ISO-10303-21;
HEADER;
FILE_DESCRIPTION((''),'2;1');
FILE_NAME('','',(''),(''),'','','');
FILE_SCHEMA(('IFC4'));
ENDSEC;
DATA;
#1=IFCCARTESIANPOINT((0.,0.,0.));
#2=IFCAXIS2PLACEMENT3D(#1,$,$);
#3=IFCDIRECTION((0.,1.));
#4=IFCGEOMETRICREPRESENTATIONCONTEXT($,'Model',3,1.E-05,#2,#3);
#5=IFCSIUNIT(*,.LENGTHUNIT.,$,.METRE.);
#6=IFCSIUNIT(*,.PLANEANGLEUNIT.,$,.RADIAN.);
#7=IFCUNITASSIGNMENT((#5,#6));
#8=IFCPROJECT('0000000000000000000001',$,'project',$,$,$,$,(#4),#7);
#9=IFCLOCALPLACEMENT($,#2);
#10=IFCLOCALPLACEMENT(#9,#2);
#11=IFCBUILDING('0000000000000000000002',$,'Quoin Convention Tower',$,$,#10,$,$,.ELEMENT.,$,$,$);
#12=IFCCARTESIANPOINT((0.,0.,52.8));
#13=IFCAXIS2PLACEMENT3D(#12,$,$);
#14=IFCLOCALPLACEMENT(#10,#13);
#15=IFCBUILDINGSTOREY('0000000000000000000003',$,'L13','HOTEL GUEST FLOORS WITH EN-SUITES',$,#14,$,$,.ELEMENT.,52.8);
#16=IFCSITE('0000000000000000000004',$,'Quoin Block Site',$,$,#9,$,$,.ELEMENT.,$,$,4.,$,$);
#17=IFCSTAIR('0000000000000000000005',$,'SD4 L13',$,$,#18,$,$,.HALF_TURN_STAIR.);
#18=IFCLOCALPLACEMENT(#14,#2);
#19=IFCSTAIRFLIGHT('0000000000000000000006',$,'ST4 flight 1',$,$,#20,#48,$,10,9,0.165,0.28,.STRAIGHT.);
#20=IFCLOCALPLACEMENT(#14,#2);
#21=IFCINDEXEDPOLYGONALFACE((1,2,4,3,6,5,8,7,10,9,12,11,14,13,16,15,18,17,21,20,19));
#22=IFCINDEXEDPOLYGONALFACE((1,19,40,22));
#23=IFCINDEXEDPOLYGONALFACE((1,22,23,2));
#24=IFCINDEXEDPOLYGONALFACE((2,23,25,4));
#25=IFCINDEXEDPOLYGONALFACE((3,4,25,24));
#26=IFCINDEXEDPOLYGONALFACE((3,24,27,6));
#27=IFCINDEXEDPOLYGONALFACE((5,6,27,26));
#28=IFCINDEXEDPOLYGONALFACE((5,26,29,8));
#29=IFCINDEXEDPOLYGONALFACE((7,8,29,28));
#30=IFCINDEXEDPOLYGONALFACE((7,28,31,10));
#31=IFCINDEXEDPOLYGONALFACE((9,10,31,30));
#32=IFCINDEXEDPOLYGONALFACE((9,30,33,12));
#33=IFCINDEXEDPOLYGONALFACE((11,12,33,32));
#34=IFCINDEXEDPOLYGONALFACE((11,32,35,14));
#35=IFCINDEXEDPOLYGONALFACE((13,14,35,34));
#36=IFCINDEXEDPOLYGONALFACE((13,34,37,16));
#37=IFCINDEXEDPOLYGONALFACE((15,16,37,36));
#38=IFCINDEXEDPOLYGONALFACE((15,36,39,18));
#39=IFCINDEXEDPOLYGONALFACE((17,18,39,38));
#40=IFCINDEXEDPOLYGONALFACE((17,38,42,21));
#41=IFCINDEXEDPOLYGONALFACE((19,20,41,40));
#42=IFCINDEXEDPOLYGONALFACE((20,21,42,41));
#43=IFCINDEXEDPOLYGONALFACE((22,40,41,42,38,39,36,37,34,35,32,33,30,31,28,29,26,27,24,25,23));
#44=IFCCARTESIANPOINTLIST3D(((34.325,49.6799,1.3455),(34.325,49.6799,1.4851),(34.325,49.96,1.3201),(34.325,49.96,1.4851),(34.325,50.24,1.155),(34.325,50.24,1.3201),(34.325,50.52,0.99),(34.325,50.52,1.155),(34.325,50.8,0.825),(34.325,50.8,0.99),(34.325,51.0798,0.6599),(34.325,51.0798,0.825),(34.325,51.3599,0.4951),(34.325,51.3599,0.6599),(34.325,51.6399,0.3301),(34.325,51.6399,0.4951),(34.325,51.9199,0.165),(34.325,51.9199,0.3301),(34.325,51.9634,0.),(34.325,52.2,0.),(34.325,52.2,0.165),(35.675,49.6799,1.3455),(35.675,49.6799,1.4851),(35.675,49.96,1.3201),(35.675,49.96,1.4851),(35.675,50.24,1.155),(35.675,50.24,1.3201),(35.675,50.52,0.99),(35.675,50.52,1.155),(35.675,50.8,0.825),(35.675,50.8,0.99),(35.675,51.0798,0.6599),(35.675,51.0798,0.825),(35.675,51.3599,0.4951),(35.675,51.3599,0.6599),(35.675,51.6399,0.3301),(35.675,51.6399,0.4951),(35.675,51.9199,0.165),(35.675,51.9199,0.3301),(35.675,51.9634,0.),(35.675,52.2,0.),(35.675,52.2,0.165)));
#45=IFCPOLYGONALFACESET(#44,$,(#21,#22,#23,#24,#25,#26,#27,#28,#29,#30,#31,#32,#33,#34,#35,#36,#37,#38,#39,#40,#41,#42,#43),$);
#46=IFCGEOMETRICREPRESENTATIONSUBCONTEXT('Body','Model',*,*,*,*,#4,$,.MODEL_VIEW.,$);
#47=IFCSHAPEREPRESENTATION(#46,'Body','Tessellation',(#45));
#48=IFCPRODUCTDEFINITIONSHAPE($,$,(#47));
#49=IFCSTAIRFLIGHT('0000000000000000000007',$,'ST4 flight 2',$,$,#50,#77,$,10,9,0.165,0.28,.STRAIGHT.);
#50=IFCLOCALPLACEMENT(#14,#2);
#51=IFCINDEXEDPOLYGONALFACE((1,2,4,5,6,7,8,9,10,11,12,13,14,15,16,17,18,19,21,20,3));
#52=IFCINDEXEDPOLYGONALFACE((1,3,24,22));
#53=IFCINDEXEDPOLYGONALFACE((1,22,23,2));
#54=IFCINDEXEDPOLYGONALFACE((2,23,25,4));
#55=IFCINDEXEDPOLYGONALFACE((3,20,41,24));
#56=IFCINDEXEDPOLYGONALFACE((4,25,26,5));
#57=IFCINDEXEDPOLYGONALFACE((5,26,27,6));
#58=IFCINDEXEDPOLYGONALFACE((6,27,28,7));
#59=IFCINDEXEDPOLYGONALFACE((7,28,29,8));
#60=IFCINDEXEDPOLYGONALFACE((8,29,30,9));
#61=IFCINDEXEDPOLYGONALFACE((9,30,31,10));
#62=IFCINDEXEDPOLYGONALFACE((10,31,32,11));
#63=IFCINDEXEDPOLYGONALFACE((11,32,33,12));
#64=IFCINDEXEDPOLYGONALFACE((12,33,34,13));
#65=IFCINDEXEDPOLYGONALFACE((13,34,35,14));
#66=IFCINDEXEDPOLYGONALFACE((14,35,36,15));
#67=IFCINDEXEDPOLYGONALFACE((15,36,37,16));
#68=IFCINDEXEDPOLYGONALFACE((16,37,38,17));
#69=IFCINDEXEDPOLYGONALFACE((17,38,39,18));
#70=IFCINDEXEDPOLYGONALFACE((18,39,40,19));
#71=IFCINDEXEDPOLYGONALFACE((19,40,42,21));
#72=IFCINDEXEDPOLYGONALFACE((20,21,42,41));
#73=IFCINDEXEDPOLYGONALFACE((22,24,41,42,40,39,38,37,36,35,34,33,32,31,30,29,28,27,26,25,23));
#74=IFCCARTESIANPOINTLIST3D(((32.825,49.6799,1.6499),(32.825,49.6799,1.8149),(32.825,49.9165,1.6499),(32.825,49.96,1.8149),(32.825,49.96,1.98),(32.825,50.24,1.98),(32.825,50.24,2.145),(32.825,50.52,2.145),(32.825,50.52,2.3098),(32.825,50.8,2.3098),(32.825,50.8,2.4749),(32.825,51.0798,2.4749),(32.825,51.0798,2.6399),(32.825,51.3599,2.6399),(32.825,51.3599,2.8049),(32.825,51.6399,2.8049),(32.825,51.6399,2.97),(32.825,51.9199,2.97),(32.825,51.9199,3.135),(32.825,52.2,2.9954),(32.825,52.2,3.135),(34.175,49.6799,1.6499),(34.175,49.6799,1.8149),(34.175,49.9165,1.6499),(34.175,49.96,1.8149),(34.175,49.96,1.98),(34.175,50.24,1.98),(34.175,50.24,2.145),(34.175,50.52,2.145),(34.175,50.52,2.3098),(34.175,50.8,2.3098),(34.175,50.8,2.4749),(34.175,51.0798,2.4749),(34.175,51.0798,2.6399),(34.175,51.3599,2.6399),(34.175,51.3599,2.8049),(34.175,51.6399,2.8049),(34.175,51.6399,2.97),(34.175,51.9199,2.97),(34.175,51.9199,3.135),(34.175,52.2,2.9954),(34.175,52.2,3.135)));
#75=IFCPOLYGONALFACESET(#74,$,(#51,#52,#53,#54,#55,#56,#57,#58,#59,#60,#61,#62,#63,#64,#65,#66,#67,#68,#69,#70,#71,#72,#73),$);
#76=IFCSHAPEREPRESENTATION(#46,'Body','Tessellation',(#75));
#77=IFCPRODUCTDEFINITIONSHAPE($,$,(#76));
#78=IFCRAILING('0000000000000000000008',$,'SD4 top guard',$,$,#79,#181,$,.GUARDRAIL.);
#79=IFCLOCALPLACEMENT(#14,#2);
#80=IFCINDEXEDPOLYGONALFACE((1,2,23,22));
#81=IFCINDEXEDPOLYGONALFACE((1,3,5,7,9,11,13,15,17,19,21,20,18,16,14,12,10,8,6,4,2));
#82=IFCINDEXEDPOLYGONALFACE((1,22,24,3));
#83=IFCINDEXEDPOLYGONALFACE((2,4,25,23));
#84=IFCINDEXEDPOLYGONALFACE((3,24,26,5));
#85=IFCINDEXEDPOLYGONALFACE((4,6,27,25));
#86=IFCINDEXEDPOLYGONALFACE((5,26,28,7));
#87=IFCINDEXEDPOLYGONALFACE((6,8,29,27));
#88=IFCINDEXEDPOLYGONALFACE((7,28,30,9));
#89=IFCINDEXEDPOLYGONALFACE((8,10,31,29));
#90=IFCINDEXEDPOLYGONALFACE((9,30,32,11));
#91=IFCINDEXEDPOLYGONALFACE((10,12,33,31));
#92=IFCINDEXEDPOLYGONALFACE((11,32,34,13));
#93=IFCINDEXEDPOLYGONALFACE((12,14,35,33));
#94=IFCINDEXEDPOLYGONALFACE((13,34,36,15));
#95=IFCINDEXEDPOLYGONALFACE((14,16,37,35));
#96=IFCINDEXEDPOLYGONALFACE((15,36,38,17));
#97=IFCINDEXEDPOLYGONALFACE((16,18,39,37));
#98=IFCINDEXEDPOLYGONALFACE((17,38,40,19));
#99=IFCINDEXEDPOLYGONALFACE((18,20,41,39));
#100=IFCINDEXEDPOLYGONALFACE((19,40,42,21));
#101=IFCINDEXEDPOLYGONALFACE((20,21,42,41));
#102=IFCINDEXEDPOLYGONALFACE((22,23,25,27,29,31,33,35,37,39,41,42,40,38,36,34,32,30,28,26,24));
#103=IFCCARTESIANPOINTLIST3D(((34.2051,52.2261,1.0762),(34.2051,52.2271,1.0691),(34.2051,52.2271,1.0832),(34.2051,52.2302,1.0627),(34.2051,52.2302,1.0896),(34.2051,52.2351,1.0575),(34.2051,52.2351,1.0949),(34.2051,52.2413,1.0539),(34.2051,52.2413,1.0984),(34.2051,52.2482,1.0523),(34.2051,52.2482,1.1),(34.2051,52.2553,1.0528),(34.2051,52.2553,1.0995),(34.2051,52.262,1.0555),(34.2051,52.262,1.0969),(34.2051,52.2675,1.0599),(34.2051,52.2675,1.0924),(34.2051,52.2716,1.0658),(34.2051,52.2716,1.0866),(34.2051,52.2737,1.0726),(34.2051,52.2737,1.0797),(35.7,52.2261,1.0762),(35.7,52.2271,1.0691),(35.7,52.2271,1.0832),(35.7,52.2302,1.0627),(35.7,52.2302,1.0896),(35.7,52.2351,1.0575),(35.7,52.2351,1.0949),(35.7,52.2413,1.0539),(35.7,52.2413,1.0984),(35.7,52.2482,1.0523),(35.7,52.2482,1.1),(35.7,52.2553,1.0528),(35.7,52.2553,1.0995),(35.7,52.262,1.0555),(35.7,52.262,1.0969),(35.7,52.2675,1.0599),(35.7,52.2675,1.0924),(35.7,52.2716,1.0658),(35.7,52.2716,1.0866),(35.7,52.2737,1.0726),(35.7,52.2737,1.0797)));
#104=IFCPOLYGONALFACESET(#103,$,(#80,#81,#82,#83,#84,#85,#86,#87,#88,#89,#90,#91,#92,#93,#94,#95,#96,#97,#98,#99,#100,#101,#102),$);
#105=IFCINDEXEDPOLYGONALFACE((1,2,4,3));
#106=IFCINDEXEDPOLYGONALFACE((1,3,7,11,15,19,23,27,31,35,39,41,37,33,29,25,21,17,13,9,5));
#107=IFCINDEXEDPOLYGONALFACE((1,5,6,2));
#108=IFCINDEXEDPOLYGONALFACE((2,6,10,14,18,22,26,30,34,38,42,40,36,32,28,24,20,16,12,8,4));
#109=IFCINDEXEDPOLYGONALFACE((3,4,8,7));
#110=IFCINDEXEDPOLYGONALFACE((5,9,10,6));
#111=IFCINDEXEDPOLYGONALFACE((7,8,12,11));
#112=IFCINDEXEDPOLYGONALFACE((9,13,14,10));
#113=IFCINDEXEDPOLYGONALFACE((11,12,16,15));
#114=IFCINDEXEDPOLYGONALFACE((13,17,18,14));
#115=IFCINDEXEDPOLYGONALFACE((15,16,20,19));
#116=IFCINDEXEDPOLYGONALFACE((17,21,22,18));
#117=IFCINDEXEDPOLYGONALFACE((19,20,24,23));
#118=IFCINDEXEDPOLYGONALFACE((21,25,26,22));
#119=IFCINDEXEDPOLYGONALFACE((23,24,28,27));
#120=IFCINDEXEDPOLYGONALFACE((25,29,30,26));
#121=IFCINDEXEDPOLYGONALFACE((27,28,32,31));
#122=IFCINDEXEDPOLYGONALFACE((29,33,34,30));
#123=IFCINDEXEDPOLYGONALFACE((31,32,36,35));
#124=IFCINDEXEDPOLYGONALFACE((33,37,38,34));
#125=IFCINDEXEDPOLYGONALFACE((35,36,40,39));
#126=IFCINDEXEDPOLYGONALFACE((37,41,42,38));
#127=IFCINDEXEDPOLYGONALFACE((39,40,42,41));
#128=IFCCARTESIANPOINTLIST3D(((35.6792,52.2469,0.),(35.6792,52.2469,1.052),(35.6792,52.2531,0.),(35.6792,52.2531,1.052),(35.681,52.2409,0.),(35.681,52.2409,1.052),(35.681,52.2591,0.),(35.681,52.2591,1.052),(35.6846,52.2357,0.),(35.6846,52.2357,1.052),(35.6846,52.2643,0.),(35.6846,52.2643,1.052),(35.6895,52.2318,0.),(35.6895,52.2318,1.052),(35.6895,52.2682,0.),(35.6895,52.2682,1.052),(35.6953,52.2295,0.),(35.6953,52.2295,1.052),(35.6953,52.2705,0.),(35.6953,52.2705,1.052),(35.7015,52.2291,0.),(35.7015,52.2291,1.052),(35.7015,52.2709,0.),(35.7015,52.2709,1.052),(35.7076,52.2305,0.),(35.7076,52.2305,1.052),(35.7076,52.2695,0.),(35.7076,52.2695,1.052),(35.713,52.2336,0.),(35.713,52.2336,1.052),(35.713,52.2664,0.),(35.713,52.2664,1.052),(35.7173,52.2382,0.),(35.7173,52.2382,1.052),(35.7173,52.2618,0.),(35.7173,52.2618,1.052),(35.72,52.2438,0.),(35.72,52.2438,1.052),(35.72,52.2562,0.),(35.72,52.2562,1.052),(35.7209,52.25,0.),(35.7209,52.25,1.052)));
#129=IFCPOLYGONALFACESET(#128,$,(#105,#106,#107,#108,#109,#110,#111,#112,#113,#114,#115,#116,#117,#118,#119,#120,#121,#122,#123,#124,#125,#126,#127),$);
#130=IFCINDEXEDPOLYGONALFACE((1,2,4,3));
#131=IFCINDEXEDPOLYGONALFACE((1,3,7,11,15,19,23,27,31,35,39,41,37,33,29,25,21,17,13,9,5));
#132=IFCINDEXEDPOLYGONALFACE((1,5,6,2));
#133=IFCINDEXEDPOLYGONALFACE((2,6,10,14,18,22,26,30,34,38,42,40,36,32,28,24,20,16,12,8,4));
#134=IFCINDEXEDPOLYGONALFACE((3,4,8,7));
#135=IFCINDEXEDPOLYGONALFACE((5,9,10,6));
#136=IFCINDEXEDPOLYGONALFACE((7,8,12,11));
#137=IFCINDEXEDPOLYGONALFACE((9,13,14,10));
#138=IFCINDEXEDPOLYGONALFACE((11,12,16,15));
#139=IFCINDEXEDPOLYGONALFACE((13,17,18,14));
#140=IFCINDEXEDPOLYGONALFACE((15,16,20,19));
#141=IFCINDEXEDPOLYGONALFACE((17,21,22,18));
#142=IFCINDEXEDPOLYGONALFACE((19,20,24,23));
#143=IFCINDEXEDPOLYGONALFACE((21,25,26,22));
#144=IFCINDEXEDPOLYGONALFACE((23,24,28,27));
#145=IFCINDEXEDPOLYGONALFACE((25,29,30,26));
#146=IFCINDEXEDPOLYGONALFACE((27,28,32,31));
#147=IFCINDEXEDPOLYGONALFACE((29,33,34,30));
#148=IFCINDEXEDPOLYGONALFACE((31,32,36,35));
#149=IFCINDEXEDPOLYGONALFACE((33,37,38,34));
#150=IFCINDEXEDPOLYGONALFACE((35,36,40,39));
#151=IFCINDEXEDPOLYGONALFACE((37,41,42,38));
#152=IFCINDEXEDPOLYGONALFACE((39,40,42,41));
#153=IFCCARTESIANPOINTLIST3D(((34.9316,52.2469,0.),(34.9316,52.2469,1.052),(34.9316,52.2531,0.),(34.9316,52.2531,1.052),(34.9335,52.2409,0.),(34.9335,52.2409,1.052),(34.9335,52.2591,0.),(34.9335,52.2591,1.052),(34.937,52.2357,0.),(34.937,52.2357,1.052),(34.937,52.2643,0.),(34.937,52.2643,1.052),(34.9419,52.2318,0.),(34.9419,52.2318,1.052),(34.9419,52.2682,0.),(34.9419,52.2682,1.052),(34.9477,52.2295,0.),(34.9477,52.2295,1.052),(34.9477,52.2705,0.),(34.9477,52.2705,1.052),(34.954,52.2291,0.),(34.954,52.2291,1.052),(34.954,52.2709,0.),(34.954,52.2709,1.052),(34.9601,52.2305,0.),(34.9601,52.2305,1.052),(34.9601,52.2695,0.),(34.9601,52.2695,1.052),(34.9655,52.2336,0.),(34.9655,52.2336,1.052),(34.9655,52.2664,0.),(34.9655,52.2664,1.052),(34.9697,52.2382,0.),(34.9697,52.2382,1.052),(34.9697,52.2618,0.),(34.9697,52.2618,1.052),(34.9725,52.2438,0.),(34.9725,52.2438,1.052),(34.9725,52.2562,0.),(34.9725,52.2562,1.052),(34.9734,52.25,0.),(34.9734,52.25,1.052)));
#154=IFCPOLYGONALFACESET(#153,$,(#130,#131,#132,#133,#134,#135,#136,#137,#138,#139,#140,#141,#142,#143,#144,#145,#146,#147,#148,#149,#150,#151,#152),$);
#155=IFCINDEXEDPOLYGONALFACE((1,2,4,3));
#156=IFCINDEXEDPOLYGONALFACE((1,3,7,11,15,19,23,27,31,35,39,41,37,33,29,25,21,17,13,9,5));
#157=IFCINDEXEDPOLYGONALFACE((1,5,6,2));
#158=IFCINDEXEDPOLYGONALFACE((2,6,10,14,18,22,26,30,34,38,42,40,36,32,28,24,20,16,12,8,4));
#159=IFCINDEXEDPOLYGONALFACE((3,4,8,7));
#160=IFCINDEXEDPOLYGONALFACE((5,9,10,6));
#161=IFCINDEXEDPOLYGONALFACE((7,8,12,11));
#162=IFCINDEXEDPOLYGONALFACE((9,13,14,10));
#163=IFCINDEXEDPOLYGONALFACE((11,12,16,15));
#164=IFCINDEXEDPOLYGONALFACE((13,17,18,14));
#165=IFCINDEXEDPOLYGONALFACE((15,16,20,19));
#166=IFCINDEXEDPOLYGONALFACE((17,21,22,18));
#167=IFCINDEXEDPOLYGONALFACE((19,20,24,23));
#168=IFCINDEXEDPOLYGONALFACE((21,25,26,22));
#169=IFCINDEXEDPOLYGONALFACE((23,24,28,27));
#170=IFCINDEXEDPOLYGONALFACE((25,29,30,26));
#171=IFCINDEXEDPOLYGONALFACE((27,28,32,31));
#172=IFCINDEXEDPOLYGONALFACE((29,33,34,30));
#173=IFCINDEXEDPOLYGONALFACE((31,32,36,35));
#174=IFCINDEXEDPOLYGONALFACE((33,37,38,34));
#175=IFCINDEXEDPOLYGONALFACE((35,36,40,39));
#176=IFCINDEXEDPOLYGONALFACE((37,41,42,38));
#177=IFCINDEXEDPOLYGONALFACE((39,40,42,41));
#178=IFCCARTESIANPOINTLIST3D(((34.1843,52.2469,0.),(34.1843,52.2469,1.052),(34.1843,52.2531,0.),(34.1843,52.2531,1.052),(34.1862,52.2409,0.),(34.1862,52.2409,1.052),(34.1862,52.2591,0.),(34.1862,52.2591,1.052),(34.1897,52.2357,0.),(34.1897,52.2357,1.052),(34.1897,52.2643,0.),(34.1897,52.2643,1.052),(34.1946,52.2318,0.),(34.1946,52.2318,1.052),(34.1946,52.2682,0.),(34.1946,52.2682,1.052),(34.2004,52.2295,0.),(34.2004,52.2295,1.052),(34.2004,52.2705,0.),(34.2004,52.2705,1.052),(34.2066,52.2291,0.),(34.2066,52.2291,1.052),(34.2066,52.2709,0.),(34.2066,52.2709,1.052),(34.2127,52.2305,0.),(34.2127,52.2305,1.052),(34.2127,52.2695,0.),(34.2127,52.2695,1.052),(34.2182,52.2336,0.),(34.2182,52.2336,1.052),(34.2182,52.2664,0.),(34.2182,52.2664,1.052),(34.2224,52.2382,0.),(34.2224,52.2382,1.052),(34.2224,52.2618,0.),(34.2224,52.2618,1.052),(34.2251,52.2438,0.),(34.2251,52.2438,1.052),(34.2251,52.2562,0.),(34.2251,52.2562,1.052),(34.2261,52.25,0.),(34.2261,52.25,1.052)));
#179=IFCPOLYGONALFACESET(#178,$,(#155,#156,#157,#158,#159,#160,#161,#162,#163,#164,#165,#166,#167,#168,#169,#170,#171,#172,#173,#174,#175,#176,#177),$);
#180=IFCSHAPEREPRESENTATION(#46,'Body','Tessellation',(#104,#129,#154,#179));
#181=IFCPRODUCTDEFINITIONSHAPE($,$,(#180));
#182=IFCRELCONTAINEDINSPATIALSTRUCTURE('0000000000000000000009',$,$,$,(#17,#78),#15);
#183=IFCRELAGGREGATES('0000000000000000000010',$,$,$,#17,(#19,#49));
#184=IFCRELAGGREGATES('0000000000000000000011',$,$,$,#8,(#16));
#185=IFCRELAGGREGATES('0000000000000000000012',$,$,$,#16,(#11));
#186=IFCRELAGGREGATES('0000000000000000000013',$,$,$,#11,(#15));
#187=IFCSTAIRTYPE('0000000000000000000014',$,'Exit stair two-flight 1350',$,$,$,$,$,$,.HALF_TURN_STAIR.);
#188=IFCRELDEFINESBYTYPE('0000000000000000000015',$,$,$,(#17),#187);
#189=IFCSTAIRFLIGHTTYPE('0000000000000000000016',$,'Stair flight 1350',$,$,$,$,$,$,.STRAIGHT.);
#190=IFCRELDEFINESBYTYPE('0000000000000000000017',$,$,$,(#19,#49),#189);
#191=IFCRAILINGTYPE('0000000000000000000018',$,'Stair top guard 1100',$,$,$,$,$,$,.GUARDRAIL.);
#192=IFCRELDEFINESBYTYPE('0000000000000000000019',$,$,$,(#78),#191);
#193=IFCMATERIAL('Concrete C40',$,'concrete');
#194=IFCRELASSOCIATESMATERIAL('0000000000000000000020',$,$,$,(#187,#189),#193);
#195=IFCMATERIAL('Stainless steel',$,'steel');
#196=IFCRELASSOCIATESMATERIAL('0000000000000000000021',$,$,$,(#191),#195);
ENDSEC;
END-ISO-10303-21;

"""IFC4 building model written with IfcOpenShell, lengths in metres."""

from ifc_helpers import new_model, si_unit, direction, frame, origin, origin_2d, place, context, subcontext, project, spatial, polyline, circle, outline, extrude, material, type_object, element, aggregate, save


model = new_model("IFC4")

# Units and contexts
model_context = context("Model", 3, precision=1e-05, world=origin(), true_north=direction((0.0, 1.0)))
body_context = subcontext(model_context, "Body", "Model", "MODEL_VIEW")
ifc_project = project(units=[si_unit("LENGTHUNIT", "METRE"), si_unit("PLANEANGLEUNIT", "RADIAN")], contexts=[model_context])

# Site, building, storey
site_placement = place(None, origin())
site = spatial("IfcSite", under=ifc_project, at=site_placement, Name="Quoin Block Site", CompositionType="ELEMENT", RefElevation=4.0)
building_placement = place(site_placement, origin())
building = spatial("IfcBuilding", under=site, at=building_placement, Name="Quoin Convention Tower", CompositionType="ELEMENT")
storey_placement = place(building_placement, frame((0.0, 0.0, 52.8)))
storey = spatial("IfcBuildingStorey", under=building, at=storey_placement, Name="L13", Description="HOTEL GUEST FLOORS WITH EN-SUITES", CompositionType="ELEMENT", Elevation=52.8)

# Shared definitions
ifc_material_1 = material(Name="Concrete C40", Category="concrete")
stair_type = type_object("IfcStairType", Name="Exit stair two-flight 1350", PredefinedType="HALF_TURN_STAIR", material=ifc_material_1)
stair_flight_type = type_object("IfcStairFlightType", Name="Stair flight 1350", PredefinedType="STRAIGHT", material=ifc_material_1)

# Stair, stair flights
stair_1_placement = place(storey_placement, origin())
stair_1 = element("IfcStair", 1, at=stair_1_placement, inside=storey, type_object=stair_type, Name="SD4 L13", PredefinedType="HALF_TURN_STAIR")
stair_flight_1_placement = place(storey_placement, frame((35.0, 52.2, 0.0), z_axis=(0.0, 0.0, 1.0), x_axis=(0.0, -1.0, 0.0)))
stair_flight_1 = element("IfcStairFlight", 2, at=stair_flight_1_placement, type_object=stair_flight_type, Name="ST4 flight 1", NumberOfRisers=10, NumberOfTreads=9, PredefinedType="STRAIGHT", RiserHeight=0.165, TreadLength=0.28, context=body_context, shape_type="SweptSolid", body=[
    extrude(outline(polyline([(0.0, 0.0), (0.0, 0.165), (0.28, 0.165), (0.28, 0.3301), (0.5601, 0.3301), (0.5601, 0.4951), (0.8401, 0.4951), (0.8401, 0.6599), (1.1201, 0.6599), (1.1201, 0.825), (1.3999, 0.825), (1.3999, 0.99), (1.6799, 0.99), (1.6799, 1.155), (1.96, 1.155), (1.96, 1.3201), (2.24, 1.3201), (2.24, 1.4851), (2.52, 1.4851), (2.52, 1.6499), (2.52, 1.3455), (0.2366, 0.0), (0.0, 0.0)])), frame((0.0, 0.675, 0.0), z_axis=(0.0, -1.0, 0.0), x_axis=(1.0, 0.0, 0.0)), (0.0, 0.0, 1.0), 1.3501),
])
stair_flight_2_placement = place(storey_placement, frame((33.5, 49.6799, 1.6499), z_axis=(0.0, 0.0, 1.0), x_axis=(0.0, 1.0, 0.0)))
stair_flight_2 = element("IfcStairFlight", 3, at=stair_flight_2_placement, type_object=stair_flight_type, Name="ST4 flight 2", NumberOfRisers=10, NumberOfTreads=9, PredefinedType="STRAIGHT", RiserHeight=0.165, TreadLength=0.28, context=body_context, shape_type="SweptSolid", body=[
    extrude(outline(polyline([(0.0, 0.0), (0.0, 0.165), (0.28, 0.165), (0.28, 0.3301), (0.5601, 0.3301), (0.5601, 0.4951), (0.8401, 0.4951), (0.8401, 0.6599), (1.1201, 0.6599), (1.1201, 0.825), (1.3999, 0.825), (1.3999, 0.99), (1.6799, 0.99), (1.6799, 1.155), (1.96, 1.155), (1.96, 1.3201), (2.24, 1.3201), (2.24, 1.4851), (2.52, 1.4851), (2.52, 1.6499), (2.52, 1.3455), (0.2366, 0.0), (0.0, 0.0)])), frame((0.0, 0.675, 0.0), z_axis=(0.0, -1.0, 0.0), x_axis=(1.0, 0.0, 0.0)), (0.0, 0.0, 1.0), 1.3501),
])
aggregate(stair_1, [stair_flight_1, stair_flight_2])

# Railing
ifc_material_2 = material(Name="Stainless steel", Category="steel")
railing_type_1 = type_object("IfcRailingType", Name="Stair top guard 1100", PredefinedType="GUARDRAIL", material=ifc_material_2)
railing_1_placement = place(storey_placement, frame((35.7, 52.25, 0.0)))
element("IfcRailing", 4, at=railing_1_placement, inside=storey, type_object=railing_type_1, Name="SD4 top guard", PredefinedType="GUARDRAIL", context=body_context, shape_type="SweptSolid", body=[
    extrude(circle(Radius=0.0239, at=origin_2d()), frame((0.0, 0.0, 1.0762), z_axis=(-1.0, 0.0, 0.0), x_axis=(0.0, -1.0, 0.0)), (0.0, 0.0, 1.0), 1.4949),
    extrude(circle(Radius=0.021, at=origin_2d()), origin(), (0.0, 0.0, 1.0), 1.052),
    extrude(circle(Radius=0.021, at=origin_2d()), frame((-0.7476, 0.0, 0.0)), (0.0, 0.0, 1.0), 1.052),
    extrude(circle(Radius=0.021, at=origin_2d()), frame((-1.4949, 0.0, 0.0)), (0.0, 0.0, 1.0), 1.052),
])

save(model, "model.ifc")
